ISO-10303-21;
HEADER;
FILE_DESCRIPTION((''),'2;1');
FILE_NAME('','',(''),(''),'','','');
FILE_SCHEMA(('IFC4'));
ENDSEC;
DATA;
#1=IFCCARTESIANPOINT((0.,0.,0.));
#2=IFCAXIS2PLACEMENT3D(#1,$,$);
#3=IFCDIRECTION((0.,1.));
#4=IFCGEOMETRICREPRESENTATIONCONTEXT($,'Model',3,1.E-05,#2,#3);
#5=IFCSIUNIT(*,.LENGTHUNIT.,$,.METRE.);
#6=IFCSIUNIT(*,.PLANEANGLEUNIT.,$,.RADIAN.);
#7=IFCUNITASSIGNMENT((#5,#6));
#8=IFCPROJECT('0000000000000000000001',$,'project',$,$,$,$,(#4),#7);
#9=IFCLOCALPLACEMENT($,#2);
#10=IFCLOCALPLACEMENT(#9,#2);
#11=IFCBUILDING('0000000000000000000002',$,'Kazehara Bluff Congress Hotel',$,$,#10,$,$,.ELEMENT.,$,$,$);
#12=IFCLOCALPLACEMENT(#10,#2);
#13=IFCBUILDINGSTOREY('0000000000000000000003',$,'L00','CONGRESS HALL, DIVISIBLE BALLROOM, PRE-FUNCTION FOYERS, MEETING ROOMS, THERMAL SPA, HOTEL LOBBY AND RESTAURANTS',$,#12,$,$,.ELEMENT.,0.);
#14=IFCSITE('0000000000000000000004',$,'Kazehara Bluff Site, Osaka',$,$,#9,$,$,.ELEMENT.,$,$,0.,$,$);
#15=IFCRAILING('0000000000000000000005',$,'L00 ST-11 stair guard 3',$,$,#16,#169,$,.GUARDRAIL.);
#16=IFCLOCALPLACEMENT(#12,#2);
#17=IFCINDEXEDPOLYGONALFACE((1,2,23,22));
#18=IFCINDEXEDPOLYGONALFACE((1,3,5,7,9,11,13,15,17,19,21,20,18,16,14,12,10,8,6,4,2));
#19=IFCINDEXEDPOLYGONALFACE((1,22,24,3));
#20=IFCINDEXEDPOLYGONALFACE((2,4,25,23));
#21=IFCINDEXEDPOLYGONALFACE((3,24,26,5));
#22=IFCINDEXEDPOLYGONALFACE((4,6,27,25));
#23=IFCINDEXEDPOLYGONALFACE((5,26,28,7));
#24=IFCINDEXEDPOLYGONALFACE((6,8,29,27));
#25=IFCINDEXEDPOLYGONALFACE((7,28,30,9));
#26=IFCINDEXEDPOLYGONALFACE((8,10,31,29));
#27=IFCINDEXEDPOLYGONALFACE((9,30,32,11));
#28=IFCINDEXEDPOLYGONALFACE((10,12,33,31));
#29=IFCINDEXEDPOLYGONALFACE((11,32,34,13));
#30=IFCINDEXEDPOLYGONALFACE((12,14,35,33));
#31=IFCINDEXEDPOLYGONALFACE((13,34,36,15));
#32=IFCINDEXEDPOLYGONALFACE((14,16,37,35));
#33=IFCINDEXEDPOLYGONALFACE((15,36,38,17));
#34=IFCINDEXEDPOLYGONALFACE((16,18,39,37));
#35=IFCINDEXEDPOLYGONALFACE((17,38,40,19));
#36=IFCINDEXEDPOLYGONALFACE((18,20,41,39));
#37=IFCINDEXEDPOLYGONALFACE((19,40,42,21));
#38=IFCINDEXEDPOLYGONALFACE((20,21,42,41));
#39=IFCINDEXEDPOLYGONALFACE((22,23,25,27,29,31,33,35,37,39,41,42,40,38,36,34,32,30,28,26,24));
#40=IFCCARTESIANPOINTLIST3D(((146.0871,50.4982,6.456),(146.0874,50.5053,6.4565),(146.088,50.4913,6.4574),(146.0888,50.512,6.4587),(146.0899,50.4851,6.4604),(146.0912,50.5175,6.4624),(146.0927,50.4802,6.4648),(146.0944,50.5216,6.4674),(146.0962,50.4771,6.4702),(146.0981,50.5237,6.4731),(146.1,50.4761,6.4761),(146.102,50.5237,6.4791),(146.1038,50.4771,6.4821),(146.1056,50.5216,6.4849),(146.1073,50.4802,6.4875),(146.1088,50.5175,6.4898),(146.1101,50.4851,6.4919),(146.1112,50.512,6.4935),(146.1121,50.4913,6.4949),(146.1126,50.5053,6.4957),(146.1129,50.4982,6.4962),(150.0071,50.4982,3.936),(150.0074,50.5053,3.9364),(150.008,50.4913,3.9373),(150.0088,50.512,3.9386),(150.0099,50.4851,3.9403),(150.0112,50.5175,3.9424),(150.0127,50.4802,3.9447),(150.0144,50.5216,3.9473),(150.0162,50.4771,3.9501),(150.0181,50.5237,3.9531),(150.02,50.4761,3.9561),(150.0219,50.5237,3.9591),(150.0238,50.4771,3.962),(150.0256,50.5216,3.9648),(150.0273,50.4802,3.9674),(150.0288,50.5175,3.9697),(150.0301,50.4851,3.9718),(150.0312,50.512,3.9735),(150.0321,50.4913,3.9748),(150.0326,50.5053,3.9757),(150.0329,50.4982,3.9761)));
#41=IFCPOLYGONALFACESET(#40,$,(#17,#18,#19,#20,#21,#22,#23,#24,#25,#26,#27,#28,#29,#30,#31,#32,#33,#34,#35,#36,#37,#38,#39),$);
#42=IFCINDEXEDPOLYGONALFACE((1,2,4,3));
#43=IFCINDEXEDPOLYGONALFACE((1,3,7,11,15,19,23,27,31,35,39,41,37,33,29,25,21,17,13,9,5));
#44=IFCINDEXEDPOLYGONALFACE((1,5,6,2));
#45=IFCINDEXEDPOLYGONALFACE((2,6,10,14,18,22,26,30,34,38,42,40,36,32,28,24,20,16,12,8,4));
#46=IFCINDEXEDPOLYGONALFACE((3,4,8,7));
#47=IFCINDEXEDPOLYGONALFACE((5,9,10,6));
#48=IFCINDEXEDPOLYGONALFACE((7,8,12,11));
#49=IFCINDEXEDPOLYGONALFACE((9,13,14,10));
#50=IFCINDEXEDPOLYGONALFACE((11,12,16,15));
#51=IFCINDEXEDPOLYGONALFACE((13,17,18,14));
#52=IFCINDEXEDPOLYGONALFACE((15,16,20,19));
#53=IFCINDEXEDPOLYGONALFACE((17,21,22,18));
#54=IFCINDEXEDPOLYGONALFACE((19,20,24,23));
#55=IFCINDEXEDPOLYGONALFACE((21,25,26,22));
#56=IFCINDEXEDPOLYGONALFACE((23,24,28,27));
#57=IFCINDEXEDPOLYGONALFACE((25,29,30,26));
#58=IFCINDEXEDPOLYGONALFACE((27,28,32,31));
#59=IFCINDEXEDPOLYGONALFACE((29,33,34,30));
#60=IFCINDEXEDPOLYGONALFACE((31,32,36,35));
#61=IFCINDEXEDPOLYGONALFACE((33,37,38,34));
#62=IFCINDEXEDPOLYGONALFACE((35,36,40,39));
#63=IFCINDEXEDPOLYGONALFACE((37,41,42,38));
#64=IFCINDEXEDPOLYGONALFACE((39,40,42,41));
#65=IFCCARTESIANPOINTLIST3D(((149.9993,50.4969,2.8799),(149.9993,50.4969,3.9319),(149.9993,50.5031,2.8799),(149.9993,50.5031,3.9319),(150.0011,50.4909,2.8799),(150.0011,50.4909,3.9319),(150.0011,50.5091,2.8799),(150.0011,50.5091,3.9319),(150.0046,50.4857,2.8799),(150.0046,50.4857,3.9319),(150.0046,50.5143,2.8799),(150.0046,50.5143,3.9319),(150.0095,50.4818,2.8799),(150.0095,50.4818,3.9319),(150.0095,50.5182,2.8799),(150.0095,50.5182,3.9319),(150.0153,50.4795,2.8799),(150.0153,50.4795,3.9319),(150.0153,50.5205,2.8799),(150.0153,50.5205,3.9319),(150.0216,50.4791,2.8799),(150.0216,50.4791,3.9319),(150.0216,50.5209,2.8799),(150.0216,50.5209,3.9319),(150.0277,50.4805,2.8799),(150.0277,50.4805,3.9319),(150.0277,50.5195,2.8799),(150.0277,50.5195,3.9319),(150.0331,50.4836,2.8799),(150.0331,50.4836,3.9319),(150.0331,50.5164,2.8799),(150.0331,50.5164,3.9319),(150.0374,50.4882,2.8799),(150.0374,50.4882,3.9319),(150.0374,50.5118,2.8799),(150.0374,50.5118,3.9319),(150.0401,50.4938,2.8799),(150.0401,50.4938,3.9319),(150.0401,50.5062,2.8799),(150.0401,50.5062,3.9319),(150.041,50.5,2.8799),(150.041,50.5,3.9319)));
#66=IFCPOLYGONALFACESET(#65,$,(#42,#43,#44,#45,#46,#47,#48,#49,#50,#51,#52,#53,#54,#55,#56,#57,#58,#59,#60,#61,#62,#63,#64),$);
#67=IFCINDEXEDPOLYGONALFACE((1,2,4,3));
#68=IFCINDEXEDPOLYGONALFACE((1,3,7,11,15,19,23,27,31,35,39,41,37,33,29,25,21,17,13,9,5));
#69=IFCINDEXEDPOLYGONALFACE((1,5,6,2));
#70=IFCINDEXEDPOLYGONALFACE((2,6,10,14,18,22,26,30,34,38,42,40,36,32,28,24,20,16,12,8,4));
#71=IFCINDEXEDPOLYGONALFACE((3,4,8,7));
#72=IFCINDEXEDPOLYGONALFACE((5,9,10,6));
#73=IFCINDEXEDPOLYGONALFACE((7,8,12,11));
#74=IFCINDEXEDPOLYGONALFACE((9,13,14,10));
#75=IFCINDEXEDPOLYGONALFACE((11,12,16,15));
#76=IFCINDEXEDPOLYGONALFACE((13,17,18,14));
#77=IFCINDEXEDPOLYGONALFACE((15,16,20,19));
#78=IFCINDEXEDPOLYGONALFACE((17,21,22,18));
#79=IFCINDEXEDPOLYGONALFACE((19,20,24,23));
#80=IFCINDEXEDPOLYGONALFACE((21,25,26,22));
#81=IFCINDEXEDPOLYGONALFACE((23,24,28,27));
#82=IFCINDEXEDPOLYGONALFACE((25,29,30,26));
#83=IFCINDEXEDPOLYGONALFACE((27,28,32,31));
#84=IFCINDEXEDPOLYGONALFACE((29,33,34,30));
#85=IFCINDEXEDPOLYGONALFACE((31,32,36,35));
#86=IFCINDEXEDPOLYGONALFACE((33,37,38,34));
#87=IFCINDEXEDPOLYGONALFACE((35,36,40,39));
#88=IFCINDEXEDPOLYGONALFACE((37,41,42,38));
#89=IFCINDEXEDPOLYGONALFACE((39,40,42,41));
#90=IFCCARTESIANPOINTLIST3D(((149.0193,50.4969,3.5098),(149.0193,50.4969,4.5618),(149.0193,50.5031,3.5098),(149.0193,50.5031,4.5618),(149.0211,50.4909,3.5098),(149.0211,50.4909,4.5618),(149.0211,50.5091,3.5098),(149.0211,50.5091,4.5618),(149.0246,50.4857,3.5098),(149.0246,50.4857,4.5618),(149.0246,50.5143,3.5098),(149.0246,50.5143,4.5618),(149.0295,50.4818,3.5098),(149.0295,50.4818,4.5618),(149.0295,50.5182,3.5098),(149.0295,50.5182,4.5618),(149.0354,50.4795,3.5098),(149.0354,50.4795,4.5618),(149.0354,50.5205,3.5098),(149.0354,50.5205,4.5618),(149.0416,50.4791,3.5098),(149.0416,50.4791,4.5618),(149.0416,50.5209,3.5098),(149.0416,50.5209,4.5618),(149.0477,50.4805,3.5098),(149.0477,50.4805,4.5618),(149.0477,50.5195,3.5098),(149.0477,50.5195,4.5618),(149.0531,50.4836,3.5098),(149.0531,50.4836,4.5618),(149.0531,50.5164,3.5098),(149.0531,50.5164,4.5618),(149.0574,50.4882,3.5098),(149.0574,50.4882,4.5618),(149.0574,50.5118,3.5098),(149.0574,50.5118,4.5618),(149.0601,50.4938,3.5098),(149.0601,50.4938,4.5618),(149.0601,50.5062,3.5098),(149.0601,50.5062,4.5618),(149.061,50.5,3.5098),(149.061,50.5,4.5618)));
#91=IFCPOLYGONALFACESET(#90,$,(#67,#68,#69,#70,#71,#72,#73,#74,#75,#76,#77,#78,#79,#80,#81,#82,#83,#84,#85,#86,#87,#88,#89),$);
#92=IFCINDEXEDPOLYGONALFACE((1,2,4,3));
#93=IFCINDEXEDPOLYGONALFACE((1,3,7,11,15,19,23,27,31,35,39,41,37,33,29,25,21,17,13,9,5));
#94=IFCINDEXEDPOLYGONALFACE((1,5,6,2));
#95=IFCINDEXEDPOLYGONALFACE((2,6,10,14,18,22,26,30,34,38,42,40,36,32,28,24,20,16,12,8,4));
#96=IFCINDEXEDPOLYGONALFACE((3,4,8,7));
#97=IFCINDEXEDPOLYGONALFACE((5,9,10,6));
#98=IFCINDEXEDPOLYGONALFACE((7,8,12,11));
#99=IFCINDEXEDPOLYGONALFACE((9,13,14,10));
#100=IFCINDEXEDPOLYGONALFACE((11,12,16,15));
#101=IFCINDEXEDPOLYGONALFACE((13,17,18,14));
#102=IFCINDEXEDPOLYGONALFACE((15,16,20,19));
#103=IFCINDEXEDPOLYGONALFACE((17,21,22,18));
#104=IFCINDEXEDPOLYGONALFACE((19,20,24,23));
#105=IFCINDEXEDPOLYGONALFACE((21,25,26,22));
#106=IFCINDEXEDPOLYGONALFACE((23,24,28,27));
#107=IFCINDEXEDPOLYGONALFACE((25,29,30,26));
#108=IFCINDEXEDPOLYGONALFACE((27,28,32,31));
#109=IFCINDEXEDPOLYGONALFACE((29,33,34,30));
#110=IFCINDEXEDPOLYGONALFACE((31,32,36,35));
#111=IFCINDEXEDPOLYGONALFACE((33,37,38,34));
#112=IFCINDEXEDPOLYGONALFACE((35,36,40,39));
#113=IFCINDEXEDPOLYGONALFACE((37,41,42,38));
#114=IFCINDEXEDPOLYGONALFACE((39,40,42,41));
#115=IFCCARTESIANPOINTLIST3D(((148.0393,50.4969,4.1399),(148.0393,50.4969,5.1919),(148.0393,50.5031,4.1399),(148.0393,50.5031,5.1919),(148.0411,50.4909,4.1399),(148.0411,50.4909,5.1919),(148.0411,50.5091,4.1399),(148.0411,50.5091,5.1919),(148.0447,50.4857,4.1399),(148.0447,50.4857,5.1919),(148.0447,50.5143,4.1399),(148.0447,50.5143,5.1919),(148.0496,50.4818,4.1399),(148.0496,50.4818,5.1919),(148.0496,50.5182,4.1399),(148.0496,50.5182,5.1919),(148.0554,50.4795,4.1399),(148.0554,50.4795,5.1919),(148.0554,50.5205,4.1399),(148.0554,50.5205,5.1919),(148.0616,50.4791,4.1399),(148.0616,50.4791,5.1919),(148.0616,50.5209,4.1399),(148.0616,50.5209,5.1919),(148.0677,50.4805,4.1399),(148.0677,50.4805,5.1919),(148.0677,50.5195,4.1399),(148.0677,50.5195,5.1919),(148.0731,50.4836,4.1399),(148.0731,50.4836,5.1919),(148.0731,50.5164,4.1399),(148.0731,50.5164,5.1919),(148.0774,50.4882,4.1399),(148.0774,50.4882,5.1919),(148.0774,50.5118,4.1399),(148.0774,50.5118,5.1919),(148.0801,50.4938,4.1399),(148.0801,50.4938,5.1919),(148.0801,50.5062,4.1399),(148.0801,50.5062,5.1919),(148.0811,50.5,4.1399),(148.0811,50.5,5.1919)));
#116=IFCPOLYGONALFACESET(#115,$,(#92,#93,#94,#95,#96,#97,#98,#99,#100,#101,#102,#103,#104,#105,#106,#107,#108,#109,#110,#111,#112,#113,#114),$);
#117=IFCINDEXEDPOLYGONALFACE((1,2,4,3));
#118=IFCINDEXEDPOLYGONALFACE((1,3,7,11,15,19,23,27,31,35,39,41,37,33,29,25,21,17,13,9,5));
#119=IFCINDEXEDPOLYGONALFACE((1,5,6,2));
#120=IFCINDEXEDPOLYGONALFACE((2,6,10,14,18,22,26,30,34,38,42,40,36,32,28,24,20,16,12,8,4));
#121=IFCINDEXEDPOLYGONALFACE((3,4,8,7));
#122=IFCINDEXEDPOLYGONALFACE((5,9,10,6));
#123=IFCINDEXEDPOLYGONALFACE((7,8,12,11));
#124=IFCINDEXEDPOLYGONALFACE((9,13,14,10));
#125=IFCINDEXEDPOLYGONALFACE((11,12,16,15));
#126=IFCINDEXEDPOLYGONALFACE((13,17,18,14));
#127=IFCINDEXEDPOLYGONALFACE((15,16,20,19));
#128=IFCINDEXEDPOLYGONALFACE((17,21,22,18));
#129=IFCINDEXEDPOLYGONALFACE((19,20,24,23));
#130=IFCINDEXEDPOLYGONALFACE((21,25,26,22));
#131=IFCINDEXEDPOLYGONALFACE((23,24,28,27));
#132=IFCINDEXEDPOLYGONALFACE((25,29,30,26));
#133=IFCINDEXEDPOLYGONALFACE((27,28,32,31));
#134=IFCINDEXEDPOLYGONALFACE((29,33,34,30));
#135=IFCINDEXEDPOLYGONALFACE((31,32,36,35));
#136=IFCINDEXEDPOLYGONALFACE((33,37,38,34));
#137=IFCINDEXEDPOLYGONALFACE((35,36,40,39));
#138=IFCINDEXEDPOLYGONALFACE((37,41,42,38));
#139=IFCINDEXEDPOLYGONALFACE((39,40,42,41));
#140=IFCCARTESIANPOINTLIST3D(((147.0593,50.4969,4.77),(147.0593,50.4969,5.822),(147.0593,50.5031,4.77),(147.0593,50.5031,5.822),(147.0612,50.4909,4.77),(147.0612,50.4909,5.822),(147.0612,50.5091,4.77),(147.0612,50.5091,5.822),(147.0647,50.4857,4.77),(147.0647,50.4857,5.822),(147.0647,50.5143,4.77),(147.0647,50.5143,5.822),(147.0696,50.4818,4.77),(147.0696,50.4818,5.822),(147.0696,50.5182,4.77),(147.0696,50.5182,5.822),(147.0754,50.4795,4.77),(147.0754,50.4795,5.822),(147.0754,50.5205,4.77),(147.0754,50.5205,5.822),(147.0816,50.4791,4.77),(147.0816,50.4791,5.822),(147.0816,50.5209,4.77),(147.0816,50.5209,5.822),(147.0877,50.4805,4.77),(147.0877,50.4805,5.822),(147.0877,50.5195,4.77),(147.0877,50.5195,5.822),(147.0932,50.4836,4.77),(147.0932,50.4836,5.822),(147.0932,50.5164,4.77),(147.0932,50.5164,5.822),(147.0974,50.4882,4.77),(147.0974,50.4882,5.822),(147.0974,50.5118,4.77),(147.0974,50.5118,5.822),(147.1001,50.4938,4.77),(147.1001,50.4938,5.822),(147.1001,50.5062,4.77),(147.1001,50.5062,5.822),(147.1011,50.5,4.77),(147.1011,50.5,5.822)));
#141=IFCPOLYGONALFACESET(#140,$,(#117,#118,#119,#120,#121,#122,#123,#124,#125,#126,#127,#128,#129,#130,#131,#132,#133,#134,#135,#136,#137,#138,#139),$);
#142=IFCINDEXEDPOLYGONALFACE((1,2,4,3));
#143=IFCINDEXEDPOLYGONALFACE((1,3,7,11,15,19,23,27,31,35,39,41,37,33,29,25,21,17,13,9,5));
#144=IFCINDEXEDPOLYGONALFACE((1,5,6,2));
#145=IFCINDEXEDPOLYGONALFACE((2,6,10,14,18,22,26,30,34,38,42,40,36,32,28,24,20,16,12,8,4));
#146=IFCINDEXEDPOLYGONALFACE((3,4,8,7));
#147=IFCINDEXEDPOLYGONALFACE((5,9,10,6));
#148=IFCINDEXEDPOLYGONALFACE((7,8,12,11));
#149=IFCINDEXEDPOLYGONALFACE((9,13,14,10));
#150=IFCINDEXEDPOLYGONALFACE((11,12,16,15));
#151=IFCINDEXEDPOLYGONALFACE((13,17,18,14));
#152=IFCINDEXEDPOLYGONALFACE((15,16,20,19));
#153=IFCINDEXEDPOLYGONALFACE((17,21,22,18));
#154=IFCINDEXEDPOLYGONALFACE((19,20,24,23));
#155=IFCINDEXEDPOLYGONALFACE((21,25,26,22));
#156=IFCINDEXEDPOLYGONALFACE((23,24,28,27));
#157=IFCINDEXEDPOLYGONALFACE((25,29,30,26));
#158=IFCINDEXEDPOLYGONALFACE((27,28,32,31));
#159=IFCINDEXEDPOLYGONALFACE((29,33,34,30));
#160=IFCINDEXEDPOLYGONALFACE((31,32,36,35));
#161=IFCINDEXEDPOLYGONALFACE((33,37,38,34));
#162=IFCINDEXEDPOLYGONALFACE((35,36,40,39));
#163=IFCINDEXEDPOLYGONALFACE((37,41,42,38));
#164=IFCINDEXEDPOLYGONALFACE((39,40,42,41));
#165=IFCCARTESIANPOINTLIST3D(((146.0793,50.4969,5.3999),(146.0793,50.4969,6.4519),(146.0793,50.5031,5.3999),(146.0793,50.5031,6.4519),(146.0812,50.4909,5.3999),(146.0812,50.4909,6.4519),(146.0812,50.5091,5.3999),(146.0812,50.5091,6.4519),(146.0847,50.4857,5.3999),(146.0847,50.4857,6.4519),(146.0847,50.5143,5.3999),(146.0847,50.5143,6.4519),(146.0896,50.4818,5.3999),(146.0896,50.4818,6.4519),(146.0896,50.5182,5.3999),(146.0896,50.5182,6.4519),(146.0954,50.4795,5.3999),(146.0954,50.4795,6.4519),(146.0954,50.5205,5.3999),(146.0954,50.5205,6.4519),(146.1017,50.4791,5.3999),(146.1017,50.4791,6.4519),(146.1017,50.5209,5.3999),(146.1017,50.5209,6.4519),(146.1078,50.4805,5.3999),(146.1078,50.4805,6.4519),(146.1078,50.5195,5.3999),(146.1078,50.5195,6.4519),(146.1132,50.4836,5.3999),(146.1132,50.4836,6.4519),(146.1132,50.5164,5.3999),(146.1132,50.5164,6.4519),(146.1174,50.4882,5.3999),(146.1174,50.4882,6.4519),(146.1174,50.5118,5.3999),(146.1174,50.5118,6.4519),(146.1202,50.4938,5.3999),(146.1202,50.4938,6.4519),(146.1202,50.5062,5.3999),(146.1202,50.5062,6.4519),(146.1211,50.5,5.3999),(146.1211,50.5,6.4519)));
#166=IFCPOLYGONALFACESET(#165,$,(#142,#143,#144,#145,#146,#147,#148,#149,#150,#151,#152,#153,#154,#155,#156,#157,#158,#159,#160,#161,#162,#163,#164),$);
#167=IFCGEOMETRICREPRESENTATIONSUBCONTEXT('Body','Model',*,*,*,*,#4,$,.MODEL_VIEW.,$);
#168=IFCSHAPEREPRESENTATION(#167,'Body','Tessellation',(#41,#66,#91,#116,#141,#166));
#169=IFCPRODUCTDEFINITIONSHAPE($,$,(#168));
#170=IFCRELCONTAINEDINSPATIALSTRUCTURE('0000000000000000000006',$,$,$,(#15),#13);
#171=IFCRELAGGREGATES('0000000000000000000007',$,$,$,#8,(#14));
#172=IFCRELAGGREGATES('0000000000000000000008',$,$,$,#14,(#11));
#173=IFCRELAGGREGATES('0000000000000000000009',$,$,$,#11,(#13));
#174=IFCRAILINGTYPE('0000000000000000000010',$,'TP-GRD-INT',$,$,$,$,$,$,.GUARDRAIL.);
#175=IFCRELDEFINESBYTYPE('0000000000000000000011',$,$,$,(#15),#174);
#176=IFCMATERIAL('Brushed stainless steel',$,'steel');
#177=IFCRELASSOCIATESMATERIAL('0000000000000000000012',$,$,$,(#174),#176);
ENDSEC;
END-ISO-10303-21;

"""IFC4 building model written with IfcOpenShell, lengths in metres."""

from ifc_helpers import new_model, si_unit, direction, frame, origin, origin_2d, place, context, subcontext, project, spatial, circle, extrude, material, type_object, element, save


model = new_model("IFC4")

# Units and contexts
model_context = context("Model", 3, precision=1e-05, world=origin(), true_north=direction((0.0, 1.0)))
body_context = subcontext(model_context, "Body", "Model", "MODEL_VIEW")
ifc_project = project(units=[si_unit("LENGTHUNIT", "METRE"), si_unit("PLANEANGLEUNIT", "RADIAN")], contexts=[model_context])

# Site, building, storey
site_placement = place(None, origin())
site = spatial("IfcSite", under=ifc_project, at=site_placement, Name="Kazehara Bluff Site, Osaka", CompositionType="ELEMENT", RefElevation=0.0)
building_placement = place(site_placement, origin())
building = spatial("IfcBuilding", under=site, at=building_placement, Name="Kazehara Bluff Congress Hotel", CompositionType="ELEMENT")
storey_placement = place(building_placement, origin())
storey = spatial("IfcBuildingStorey", under=building, at=storey_placement, Name="L00", Description="CONGRESS HALL, DIVISIBLE BALLROOM, PRE-FUNCTION FOYERS, MEETING ROOMS, THERMAL SPA, HOTEL LOBBY AND RESTAURANTS", CompositionType="ELEMENT", Elevation=0.0)

# Railing
ifc_material_1 = material(Name="Brushed stainless steel", Category="steel")
railing_type_1 = type_object("IfcRailingType", Name="TP-GRD-INT", PredefinedType="GUARDRAIL", material=ifc_material_1)
railing_1_placement = place(storey_placement, frame((150.02, 50.5, 2.8799)))
element("IfcRailing", 1, at=railing_1_placement, inside=storey, type_object=railing_type_1, Name="L00 ST-11 stair guard 3", PredefinedType="GUARDRAIL", context=body_context, shape_type="SweptSolid", body=[
    extrude(circle(Radius=0.0239, at=origin_2d()), frame((0.0, 0.0, 1.0762), z_axis=(-0.841172, 0.0, 0.540768), x_axis=(0.0, -1.0, 0.0)), (0.0, 0.0, 1.0), 4.6602),
    extrude(circle(Radius=0.021, at=origin_2d()), origin(), (0.0, 0.0, 1.0), 1.052),
    extrude(circle(Radius=0.021, at=origin_2d()), frame((-0.98, 0.0, 0.6299)), (0.0, 0.0, 1.0), 1.052),
    extrude(circle(Radius=0.021, at=origin_2d()), frame((-1.96, 0.0, 1.26)), (0.0, 0.0, 1.0), 1.052),
    extrude(circle(Radius=0.021, at=origin_2d()), frame((-2.9399, 0.0, 1.8901)), (0.0, 0.0, 1.0), 1.052),
    extrude(circle(Radius=0.021, at=origin_2d()), frame((-3.9199, 0.0, 2.52)), (0.0, 0.0, 1.0), 1.052),
])

save(model, "model.ifc")
